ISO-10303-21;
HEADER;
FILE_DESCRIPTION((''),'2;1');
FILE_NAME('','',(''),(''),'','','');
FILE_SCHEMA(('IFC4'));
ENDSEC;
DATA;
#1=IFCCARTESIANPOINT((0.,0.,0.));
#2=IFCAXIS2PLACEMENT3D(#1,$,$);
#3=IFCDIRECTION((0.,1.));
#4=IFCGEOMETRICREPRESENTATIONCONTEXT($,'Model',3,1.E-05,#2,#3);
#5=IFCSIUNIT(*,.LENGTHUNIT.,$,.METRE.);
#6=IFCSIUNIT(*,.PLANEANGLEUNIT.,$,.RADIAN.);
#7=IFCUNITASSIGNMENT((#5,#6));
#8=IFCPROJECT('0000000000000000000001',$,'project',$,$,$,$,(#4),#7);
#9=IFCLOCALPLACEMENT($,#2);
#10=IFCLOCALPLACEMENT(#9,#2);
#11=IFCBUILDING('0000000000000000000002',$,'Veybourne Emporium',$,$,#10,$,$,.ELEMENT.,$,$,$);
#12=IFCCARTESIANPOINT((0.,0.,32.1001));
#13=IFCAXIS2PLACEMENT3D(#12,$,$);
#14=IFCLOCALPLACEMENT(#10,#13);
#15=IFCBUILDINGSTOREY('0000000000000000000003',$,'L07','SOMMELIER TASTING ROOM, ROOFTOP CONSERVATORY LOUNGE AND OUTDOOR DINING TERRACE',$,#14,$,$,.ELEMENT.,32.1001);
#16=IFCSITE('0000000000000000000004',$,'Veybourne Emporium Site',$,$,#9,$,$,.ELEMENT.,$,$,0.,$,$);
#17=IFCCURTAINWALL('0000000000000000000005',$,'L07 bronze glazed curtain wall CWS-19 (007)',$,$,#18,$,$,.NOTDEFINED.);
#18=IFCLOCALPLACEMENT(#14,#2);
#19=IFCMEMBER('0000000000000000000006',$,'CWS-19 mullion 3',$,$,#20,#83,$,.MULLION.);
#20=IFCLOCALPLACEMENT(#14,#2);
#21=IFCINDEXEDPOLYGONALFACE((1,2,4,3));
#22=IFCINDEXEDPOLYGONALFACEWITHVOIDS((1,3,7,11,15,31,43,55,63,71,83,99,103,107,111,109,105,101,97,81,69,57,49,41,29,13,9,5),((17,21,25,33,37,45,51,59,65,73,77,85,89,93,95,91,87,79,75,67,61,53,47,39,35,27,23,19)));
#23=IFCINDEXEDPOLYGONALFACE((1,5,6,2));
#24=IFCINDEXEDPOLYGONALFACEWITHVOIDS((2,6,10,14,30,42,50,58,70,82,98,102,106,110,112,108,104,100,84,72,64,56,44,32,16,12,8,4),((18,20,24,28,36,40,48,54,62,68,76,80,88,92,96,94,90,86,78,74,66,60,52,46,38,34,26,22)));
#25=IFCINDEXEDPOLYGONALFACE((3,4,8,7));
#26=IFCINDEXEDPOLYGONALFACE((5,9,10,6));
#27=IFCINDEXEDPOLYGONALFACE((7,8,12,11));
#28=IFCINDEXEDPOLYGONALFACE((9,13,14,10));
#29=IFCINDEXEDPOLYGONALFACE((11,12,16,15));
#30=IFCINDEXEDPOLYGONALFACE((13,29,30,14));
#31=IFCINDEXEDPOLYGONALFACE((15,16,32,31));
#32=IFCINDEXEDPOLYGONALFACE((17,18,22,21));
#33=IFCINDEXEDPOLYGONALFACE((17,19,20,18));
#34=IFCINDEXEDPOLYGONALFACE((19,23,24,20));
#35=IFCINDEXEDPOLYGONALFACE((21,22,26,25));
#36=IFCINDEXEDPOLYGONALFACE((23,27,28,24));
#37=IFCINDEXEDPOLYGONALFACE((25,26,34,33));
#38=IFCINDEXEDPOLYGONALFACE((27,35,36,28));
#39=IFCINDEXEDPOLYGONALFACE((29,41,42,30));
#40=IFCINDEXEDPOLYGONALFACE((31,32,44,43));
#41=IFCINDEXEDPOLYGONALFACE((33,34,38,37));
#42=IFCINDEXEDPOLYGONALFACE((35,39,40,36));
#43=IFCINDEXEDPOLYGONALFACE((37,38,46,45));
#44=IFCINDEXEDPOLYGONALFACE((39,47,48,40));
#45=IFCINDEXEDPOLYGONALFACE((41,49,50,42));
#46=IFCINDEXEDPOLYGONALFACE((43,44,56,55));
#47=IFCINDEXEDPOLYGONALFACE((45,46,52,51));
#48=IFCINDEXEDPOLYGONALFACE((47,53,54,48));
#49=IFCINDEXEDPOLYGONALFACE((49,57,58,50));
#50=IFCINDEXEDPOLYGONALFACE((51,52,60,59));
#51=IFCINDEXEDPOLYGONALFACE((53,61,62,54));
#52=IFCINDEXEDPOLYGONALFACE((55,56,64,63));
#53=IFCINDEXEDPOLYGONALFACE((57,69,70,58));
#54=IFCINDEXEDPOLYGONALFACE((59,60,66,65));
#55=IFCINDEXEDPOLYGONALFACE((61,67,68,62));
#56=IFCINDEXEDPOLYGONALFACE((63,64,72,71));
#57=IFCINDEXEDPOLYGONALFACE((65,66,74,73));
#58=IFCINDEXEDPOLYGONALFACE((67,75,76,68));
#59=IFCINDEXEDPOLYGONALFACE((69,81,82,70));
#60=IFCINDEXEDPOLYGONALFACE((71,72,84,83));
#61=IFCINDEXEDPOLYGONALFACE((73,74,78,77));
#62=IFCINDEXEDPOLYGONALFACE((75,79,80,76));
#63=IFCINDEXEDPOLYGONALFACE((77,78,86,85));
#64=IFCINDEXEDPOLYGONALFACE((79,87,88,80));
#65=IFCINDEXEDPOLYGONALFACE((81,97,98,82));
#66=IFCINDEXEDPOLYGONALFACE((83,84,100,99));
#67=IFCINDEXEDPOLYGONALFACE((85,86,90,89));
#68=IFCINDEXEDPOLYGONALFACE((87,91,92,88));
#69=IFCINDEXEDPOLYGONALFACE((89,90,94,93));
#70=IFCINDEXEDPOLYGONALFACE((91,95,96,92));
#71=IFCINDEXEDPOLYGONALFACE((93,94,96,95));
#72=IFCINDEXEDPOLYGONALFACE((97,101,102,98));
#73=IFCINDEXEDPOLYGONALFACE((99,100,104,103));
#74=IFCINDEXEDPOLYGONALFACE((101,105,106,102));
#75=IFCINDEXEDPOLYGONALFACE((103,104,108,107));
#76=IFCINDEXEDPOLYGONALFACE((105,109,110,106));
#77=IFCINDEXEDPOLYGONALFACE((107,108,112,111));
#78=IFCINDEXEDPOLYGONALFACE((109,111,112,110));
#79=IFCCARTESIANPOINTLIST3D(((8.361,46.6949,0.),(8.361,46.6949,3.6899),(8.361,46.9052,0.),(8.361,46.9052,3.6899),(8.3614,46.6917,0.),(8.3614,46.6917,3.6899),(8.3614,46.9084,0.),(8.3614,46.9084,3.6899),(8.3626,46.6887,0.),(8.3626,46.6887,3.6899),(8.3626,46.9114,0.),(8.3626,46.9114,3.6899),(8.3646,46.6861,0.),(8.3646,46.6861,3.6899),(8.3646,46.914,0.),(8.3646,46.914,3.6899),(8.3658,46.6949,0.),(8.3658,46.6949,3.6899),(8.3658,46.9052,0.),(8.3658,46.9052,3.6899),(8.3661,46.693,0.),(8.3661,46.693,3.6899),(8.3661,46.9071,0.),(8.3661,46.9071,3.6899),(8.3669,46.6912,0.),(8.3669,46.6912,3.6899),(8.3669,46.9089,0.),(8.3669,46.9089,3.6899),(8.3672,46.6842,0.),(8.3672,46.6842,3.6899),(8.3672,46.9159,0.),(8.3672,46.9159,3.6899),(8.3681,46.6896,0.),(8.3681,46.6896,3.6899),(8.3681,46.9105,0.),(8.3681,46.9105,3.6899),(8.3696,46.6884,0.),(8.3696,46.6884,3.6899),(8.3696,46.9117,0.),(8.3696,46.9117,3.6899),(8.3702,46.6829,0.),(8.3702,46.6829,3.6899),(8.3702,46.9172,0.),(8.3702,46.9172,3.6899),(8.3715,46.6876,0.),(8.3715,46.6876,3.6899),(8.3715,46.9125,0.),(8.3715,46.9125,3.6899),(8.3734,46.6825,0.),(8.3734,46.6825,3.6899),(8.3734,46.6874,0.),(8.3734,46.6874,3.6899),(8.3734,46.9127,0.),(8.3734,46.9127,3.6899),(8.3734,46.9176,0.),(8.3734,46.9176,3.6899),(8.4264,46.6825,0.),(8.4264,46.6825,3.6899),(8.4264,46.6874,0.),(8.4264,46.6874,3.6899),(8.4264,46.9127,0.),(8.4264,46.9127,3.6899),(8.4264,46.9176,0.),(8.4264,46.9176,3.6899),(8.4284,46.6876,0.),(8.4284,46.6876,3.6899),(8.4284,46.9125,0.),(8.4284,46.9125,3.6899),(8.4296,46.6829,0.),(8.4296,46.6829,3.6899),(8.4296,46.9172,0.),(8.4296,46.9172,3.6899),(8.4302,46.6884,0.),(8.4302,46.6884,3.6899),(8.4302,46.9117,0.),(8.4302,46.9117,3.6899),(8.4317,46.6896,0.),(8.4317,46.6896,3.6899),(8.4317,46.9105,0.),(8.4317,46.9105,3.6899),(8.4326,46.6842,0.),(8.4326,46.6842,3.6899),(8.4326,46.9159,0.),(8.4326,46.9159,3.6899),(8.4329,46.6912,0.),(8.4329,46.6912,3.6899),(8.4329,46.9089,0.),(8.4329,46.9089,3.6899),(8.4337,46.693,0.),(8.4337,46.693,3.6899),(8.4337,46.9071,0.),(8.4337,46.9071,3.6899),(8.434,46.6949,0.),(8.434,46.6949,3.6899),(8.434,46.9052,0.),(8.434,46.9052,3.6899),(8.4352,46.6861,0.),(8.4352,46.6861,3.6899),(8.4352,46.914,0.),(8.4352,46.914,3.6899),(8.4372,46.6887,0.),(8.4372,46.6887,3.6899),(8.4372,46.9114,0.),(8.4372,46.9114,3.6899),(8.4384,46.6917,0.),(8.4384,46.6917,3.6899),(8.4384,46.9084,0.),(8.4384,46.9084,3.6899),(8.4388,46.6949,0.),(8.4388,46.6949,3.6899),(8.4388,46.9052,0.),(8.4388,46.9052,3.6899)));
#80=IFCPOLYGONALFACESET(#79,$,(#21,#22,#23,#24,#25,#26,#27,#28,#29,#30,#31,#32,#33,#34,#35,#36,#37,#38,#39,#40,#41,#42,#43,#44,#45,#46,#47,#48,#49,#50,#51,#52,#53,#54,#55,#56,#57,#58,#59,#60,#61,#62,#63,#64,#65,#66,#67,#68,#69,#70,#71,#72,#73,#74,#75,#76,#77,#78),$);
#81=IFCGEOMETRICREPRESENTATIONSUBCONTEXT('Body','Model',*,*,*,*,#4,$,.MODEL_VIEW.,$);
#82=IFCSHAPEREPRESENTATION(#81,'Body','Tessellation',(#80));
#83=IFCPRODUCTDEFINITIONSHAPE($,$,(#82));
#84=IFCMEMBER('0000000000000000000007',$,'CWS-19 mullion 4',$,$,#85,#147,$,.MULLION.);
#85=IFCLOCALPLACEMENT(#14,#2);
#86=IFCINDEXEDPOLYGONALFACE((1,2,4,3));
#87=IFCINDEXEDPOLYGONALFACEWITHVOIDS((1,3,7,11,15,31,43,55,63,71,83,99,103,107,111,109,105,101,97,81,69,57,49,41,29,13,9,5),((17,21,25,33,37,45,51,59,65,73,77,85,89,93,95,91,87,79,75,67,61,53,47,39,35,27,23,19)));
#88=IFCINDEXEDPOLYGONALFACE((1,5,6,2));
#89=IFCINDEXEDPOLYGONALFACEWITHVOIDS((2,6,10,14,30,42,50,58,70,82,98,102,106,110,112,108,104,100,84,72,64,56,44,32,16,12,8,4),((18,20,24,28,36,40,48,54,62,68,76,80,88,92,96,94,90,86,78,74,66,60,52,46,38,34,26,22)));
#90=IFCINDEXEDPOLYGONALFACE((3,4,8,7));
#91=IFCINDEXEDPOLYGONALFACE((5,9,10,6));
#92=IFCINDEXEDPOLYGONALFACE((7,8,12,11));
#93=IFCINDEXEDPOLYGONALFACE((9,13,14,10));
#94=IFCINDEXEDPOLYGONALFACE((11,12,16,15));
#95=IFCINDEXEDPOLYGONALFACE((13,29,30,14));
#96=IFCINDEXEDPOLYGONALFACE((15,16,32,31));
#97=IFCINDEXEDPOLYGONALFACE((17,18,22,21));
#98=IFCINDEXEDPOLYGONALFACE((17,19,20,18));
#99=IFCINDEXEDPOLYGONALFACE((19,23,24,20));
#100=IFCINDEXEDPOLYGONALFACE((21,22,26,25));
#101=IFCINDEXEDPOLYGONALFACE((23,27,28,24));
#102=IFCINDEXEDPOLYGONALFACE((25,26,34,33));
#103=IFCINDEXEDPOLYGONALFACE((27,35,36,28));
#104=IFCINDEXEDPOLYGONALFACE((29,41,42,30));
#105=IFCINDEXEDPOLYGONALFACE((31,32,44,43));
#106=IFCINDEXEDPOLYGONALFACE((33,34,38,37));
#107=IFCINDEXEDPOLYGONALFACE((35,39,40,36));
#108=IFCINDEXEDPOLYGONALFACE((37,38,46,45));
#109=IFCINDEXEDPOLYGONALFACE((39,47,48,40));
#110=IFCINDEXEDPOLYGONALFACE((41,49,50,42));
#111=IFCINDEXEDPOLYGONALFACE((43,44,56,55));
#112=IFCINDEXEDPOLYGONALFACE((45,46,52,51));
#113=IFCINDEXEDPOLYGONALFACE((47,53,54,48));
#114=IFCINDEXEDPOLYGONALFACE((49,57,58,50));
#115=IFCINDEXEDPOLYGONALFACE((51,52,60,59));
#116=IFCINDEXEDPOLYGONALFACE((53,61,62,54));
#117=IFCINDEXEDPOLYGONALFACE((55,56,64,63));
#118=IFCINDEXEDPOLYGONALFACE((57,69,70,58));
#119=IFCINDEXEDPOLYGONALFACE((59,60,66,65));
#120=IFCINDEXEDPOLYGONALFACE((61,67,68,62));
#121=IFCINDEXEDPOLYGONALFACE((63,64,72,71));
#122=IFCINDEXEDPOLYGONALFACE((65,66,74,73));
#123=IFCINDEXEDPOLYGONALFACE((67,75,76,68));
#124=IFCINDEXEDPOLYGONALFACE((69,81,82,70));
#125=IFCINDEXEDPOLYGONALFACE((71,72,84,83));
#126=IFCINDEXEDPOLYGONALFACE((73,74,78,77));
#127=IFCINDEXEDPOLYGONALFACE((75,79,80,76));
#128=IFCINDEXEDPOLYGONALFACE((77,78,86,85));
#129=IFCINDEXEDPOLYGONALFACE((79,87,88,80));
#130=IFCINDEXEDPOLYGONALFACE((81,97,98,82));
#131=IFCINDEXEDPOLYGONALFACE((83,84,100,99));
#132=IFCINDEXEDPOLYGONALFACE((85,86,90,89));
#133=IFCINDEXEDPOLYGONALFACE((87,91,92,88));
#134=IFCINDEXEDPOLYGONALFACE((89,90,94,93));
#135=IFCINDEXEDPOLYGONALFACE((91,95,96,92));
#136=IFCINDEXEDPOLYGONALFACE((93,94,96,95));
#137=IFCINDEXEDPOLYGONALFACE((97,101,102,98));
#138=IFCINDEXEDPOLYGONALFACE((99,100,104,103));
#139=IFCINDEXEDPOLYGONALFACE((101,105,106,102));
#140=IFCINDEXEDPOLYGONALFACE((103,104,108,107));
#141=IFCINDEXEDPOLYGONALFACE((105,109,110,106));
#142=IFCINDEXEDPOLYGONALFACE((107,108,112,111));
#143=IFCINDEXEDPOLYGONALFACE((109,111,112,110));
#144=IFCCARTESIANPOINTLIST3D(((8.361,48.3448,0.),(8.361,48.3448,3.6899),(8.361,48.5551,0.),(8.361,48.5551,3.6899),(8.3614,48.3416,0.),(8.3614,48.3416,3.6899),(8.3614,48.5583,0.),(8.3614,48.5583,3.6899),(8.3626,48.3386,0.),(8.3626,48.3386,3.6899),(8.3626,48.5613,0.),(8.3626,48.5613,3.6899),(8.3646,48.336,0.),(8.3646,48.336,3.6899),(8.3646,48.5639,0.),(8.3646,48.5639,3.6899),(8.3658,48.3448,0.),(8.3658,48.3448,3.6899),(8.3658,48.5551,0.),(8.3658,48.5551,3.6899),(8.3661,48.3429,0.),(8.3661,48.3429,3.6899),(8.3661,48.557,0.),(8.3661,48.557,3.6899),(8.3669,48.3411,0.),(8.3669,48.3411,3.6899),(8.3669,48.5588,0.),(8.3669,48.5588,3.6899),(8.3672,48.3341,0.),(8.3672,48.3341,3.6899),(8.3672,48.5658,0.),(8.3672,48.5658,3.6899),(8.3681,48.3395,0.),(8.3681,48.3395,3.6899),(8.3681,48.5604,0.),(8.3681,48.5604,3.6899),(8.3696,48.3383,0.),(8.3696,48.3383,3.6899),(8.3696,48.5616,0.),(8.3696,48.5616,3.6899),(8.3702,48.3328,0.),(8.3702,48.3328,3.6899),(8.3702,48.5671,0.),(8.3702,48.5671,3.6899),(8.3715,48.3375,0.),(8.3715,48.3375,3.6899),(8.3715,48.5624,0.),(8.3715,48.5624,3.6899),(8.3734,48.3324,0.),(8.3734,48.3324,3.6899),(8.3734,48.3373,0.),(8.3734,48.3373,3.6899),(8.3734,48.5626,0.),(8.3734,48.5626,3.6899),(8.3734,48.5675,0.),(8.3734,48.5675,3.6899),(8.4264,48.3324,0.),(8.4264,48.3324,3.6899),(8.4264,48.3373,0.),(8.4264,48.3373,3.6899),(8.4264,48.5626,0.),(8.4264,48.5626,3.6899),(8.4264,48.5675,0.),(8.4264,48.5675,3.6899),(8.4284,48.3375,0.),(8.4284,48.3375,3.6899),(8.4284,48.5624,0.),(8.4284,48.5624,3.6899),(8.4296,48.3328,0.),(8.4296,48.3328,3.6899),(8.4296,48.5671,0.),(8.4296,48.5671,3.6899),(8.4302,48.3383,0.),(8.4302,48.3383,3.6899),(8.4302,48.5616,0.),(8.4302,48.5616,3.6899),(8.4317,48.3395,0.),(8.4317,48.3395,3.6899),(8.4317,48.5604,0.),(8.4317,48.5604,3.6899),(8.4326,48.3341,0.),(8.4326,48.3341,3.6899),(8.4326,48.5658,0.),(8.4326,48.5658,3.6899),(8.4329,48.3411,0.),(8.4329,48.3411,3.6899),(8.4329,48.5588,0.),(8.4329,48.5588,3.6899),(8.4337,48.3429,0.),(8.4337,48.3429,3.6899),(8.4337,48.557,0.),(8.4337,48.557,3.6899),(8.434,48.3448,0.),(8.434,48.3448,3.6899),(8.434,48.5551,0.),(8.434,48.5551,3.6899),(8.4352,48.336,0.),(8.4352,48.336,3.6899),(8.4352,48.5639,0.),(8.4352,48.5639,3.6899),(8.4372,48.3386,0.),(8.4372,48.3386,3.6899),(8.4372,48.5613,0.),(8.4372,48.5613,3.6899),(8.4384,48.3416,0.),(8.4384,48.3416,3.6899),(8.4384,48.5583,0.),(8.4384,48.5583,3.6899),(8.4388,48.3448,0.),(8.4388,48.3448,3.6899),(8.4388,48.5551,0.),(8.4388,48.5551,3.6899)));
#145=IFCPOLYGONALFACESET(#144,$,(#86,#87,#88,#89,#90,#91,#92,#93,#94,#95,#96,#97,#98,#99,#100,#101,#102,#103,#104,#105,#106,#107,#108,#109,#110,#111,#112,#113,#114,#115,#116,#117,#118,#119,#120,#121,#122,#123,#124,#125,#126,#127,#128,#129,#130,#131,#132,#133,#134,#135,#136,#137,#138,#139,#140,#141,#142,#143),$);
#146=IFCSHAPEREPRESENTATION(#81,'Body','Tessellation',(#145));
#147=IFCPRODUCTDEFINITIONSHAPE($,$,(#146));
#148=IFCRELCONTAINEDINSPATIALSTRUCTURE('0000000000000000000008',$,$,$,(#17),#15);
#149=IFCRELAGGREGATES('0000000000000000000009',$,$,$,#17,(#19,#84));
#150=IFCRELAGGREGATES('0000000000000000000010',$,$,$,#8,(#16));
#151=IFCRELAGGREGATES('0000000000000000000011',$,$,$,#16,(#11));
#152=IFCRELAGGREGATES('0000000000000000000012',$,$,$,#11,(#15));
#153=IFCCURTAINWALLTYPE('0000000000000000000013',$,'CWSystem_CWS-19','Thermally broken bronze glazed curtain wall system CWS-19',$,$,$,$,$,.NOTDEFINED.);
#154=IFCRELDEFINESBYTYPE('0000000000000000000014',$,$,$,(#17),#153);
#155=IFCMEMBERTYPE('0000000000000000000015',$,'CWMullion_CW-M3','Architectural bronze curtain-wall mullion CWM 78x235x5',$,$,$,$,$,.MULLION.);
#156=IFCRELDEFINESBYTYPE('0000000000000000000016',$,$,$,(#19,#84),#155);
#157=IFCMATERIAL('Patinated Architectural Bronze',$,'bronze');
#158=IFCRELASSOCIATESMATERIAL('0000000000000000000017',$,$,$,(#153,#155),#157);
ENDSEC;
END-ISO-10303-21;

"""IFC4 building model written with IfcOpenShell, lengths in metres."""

from ifc_helpers import new_model, si_unit, direction, frame, origin, origin_2d, place, context, subcontext, project, spatial, hollow_rectangle, extrude, material, material_profile, profile_set, type_object, element, aggregate, save


model = new_model("IFC4")

# Units and contexts
model_context = context("Model", 3, precision=1e-05, world=origin(), true_north=direction((0.0, 1.0)))
body_context = subcontext(model_context, "Body", "Model", "MODEL_VIEW")
ifc_project = project(units=[si_unit("LENGTHUNIT", "METRE"), si_unit("PLANEANGLEUNIT", "RADIAN")], contexts=[model_context])

# Site, building, storey
site_placement = place(None, origin())
site = spatial("IfcSite", under=ifc_project, at=site_placement, Name="Veybourne Emporium Site", CompositionType="ELEMENT", RefElevation=0.0)
building_placement = place(site_placement, origin())
building = spatial("IfcBuilding", under=site, at=building_placement, Name="Veybourne Emporium", CompositionType="ELEMENT")
storey_placement = place(building_placement, frame((0.0, 0.0, 32.1001)))
storey = spatial("IfcBuildingStorey", under=building, at=storey_placement, Name="L07", Description="SOMMELIER TASTING ROOM, ROOFTOP CONSERVATORY LOUNGE AND OUTDOOR DINING TERRACE", CompositionType="ELEMENT", Elevation=32.1001)

# Curtain wall, members
ifc_material_1 = material(Name="Patinated Architectural Bronze", Category="bronze")
curtain_wall_type = type_object("IfcCurtainWallType", Name="CWSystem_CWS-19", Description="Thermally broken bronze glazed curtain wall system CWS-19", PredefinedType="NOTDEFINED", material=ifc_material_1)
curtain_wall_placement = place(storey_placement, origin())
curtain_wall = element("IfcCurtainWall", 1, at=curtain_wall_placement, inside=storey, type_object=curtain_wall_type, Name="L07 bronze glazed curtain wall CWS-19 (007)", PredefinedType="NOTDEFINED")
ifc_material_profile_1 = material_profile(ifc_material_1, hollow_rectangle(XDim=0.0779, YDim=0.2351, WallThickness=0.0049, InnerFilletRadius=0.0076, OuterFilletRadius=0.0125, at=origin_2d()), Name="CWM 78x235x5")
ifc_profile_set_1 = profile_set([ifc_material_profile_1], Name="Patinated Architectural Bronze")
member_type_1 = type_object("IfcMemberType", Name="CWMullion_CW-M3", Description="Architectural bronze curtain-wall mullion CWM 78x235x5", PredefinedType="MULLION", material=ifc_profile_set_1)
member_1_placement = place(storey_placement, frame((8.3999, 46.8, 0.0), z_axis=(0.0, 0.0, 1.0), x_axis=(-1.0, 0.0, 0.0)))
member_1 = element("IfcMember", 2, at=member_1_placement, type_object=member_type_1, Name="CWS-19 mullion 3", PredefinedType="MULLION", context=body_context, shape_type="SweptSolid", body=[
    extrude(hollow_rectangle(XDim=0.0779, YDim=0.2351, WallThickness=0.0049, InnerFilletRadius=0.0076, OuterFilletRadius=0.0125, at=origin_2d()), origin(), (0.0, 0.0, 1.0), 3.6899),
])
member_2_placement = place(storey_placement, frame((8.3999, 48.45, 0.0), z_axis=(0.0, 0.0, 1.0), x_axis=(-1.0, 0.0, 0.0)))
member_2 = element("IfcMember", 3, at=member_2_placement, type_object=member_type_1, Name="CWS-19 mullion 4", PredefinedType="MULLION", context=body_context, shape_type="SweptSolid", body=[
    extrude(hollow_rectangle(XDim=0.0779, YDim=0.2351, WallThickness=0.0049, InnerFilletRadius=0.0076, OuterFilletRadius=0.0125, at=origin_2d()), origin(), (0.0, 0.0, 1.0), 3.6899),
])

aggregate(curtain_wall, [member_1, member_2])

save(model, "model.ifc")
